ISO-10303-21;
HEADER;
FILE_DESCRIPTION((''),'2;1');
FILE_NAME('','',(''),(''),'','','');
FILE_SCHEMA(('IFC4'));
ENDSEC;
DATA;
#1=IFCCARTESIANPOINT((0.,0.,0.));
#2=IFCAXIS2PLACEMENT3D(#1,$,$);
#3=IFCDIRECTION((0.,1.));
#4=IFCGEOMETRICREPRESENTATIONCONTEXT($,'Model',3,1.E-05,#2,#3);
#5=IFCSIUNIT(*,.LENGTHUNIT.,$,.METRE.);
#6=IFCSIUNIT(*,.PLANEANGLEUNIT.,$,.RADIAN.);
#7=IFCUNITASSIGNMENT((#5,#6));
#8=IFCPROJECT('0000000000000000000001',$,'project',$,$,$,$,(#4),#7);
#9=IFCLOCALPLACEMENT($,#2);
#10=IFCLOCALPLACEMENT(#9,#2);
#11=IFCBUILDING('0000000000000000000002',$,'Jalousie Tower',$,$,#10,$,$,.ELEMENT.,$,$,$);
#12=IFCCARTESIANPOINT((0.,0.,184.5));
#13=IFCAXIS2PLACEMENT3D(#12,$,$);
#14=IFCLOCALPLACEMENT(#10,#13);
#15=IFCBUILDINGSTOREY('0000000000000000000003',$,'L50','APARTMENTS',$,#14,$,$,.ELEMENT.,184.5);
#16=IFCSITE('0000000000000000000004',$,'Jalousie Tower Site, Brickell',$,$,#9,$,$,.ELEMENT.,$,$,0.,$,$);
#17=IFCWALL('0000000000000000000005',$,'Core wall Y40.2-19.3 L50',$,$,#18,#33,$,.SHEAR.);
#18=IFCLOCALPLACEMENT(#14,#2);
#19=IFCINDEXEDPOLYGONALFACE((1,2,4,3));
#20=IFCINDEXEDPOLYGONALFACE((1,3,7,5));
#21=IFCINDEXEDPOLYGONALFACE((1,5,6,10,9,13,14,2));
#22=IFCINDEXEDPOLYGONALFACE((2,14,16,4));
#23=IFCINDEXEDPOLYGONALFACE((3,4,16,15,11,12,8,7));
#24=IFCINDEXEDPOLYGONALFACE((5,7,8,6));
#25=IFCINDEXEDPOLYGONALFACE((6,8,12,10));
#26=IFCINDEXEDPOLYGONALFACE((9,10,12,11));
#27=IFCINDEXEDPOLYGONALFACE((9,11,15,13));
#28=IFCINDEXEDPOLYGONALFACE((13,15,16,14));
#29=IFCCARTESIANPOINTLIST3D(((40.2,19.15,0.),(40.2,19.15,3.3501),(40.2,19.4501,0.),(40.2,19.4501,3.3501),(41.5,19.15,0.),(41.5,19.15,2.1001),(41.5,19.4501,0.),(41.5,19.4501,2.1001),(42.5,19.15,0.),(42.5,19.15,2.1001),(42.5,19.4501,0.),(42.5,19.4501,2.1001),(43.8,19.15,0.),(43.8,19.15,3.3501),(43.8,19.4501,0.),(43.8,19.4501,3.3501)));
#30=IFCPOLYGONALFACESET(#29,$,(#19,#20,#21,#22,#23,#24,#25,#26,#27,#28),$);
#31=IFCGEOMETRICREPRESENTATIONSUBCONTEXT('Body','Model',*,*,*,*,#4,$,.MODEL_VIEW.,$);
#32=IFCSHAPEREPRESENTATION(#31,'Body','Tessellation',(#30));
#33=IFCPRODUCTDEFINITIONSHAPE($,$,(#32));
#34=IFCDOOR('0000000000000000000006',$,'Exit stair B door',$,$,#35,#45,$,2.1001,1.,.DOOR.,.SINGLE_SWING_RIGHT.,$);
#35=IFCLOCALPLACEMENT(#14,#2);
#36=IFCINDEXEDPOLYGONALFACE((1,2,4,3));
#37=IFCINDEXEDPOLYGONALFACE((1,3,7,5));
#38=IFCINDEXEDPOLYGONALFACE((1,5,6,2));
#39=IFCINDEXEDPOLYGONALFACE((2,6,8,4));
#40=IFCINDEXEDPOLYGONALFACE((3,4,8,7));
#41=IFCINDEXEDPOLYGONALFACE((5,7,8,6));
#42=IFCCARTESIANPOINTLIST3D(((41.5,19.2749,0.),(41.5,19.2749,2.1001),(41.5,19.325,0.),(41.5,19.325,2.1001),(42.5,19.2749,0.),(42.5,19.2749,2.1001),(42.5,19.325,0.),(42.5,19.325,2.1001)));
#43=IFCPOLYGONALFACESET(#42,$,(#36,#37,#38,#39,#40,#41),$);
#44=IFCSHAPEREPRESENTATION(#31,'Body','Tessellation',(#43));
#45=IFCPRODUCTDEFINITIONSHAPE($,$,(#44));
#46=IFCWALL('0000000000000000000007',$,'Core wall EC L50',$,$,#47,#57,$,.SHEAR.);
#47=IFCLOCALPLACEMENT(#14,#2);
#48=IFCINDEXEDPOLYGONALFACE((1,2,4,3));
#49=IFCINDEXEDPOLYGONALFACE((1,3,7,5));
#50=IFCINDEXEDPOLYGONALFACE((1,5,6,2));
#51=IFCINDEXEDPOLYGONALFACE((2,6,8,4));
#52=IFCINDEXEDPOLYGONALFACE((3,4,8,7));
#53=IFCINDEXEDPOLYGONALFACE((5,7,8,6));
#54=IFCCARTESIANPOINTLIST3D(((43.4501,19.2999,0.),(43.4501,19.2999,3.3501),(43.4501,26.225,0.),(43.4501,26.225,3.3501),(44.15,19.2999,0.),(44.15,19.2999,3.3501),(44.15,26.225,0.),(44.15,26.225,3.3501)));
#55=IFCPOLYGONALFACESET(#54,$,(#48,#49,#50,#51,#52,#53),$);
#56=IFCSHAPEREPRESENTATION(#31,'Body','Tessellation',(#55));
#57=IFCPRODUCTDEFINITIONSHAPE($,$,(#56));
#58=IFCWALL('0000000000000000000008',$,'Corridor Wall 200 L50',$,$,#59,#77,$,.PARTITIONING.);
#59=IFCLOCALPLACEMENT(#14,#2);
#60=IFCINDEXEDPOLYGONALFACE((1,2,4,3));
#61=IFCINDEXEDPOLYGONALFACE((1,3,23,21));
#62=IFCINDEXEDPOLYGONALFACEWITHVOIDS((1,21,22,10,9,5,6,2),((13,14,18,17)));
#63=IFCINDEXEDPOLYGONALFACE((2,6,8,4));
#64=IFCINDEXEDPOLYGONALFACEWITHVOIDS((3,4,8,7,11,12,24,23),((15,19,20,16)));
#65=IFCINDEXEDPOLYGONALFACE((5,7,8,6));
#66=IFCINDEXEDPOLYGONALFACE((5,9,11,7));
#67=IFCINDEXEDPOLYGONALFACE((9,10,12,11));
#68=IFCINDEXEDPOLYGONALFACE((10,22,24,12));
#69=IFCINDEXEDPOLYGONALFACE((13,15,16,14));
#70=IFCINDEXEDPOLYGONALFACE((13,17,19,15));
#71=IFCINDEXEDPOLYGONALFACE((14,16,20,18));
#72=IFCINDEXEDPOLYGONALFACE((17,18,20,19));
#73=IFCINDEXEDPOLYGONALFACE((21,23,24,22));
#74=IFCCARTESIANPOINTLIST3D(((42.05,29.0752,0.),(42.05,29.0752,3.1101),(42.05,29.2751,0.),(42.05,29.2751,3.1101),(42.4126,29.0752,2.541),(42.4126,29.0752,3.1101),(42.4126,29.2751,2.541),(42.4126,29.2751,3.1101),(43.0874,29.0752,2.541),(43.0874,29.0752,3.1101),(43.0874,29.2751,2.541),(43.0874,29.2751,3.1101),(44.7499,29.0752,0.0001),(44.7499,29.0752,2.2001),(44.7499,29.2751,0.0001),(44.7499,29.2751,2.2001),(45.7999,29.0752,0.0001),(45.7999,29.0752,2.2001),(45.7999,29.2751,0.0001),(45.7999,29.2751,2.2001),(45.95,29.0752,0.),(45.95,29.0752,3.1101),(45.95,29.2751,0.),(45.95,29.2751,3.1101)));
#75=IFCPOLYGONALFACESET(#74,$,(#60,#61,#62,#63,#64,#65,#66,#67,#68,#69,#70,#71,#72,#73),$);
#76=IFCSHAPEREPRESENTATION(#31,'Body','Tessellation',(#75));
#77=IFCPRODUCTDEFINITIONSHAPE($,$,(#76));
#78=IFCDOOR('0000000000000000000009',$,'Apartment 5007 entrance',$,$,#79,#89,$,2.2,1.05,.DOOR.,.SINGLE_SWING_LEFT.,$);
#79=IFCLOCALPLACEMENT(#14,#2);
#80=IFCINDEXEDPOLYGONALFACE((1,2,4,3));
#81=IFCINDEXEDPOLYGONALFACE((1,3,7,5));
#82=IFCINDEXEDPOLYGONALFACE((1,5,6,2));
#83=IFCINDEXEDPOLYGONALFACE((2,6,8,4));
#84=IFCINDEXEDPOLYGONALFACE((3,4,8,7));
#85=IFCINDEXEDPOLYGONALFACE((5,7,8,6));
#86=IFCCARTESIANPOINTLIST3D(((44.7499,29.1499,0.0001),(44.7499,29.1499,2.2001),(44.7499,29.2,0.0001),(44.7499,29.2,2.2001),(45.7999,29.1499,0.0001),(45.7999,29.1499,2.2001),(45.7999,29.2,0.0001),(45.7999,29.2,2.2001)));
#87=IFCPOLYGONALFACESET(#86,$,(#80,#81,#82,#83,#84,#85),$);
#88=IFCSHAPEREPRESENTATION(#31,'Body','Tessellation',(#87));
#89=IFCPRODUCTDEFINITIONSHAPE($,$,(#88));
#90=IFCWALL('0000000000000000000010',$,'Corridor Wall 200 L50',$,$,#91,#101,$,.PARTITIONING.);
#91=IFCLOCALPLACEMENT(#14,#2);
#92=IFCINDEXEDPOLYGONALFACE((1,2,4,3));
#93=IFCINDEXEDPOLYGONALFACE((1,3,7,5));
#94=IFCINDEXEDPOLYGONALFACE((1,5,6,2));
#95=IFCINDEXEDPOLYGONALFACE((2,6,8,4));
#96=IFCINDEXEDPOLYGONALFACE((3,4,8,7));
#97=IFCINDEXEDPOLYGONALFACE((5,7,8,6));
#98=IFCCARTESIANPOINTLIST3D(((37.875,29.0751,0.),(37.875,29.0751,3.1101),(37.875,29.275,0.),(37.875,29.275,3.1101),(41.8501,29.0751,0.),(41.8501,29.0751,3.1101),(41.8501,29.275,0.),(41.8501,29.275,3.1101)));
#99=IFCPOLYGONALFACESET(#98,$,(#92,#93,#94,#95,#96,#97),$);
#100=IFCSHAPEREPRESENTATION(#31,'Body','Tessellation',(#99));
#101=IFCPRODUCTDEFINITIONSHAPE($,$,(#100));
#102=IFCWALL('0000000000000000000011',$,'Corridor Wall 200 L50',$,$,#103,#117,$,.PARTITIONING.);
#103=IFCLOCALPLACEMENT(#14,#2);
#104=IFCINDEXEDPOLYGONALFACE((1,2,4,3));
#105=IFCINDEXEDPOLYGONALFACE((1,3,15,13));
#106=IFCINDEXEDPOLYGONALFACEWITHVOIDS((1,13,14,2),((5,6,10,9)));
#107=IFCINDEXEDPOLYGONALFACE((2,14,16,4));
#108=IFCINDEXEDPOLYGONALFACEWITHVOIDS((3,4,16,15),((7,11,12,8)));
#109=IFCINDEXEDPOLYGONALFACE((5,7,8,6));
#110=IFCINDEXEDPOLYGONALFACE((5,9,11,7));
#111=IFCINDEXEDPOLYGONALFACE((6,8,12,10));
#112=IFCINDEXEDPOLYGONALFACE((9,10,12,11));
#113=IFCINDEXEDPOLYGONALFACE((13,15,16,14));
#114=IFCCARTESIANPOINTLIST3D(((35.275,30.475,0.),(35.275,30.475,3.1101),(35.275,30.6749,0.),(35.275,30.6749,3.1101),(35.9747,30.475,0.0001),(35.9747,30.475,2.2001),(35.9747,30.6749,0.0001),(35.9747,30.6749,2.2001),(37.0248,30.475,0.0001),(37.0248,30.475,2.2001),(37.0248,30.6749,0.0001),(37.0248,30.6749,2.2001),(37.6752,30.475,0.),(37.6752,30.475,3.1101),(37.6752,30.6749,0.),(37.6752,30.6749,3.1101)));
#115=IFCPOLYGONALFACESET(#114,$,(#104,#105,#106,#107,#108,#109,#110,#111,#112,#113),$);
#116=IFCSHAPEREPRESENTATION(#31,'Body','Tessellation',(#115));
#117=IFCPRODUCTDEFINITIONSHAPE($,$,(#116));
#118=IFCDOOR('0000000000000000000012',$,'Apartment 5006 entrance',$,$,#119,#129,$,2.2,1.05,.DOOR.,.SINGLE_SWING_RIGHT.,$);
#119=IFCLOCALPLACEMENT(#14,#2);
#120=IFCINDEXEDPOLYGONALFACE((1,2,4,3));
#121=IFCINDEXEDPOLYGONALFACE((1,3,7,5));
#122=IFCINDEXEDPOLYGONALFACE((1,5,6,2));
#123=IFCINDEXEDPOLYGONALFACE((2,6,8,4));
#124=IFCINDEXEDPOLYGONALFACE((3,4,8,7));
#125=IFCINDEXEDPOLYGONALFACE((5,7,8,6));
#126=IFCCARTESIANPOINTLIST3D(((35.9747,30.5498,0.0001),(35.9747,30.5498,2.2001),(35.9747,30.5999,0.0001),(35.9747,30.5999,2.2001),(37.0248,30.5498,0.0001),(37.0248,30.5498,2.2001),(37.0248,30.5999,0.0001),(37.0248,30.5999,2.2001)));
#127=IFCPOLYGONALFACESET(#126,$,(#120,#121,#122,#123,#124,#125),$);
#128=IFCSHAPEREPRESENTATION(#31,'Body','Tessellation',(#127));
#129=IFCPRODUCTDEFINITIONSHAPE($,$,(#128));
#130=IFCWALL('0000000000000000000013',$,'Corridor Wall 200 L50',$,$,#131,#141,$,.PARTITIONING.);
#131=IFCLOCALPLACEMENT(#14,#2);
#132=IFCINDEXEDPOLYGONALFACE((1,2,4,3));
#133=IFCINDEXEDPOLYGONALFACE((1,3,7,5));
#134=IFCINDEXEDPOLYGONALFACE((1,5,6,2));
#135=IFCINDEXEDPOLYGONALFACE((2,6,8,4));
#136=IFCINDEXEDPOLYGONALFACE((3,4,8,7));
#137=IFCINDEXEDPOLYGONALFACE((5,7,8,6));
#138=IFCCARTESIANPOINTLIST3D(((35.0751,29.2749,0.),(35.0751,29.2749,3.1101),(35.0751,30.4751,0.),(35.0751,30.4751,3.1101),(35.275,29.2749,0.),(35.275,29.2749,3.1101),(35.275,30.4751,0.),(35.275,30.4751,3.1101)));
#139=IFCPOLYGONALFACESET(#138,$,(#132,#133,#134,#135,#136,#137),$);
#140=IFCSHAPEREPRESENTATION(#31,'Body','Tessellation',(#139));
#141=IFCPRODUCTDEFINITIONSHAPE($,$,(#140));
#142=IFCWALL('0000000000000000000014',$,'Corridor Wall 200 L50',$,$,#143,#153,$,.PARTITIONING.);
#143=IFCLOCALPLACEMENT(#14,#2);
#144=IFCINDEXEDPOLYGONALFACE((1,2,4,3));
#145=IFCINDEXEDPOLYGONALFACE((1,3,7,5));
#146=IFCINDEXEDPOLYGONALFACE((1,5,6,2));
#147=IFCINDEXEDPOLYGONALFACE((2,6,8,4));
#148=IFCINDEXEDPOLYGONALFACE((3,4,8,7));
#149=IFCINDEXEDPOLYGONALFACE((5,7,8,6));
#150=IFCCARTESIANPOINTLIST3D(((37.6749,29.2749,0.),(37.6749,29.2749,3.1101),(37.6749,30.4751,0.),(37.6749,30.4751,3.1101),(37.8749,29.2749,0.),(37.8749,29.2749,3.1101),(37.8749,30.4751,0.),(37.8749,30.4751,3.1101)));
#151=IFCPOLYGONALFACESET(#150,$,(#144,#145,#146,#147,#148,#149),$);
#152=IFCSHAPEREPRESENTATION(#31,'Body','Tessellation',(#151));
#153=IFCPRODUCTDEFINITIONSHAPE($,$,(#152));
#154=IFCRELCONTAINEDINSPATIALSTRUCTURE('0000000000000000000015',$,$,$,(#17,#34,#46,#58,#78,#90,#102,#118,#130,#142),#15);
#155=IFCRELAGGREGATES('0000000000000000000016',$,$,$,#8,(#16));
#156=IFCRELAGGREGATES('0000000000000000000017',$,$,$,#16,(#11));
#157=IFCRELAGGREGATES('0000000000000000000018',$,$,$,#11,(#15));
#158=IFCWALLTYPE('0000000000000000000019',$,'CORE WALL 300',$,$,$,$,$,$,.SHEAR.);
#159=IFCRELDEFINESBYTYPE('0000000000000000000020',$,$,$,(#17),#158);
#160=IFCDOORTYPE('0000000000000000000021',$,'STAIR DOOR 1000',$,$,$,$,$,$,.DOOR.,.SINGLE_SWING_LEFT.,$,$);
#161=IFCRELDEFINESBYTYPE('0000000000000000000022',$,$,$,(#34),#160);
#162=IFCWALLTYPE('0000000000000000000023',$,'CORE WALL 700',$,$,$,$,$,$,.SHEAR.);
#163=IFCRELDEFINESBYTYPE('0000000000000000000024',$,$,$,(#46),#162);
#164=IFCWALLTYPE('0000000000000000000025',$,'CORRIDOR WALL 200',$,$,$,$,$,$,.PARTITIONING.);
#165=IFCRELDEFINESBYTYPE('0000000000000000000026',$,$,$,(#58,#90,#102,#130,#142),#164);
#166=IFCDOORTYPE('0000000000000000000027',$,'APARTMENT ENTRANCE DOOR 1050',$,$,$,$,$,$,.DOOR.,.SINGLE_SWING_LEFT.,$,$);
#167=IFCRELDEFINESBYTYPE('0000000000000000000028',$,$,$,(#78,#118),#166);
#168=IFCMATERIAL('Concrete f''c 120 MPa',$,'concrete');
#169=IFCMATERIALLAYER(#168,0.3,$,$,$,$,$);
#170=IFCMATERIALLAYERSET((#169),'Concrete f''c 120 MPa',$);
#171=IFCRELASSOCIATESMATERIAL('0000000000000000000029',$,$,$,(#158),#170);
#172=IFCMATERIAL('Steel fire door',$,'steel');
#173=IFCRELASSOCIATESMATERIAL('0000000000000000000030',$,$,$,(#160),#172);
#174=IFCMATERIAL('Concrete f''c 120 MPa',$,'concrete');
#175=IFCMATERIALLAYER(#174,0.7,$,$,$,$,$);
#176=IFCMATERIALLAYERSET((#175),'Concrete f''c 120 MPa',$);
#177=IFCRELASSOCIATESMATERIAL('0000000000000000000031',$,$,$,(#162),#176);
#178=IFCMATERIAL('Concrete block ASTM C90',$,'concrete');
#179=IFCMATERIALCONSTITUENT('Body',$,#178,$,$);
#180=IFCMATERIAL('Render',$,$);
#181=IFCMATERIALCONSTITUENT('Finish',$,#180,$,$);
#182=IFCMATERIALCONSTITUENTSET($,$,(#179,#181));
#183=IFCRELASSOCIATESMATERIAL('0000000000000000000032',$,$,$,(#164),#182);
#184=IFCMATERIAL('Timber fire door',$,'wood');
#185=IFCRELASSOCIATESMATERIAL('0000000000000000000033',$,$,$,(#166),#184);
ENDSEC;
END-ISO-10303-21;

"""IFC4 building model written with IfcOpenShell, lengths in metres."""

from ifc_helpers import new_model, si_unit, direction, frame, frame_2d, origin, place, context, subcontext, project, spatial, polyline, rectangle, outline, extrude, material, layer, layer_set, constituent, constituent_set, type_object, element, fill, save


model = new_model("IFC4")

# Units and contexts
model_context = context("Model", 3, precision=1e-05, world=origin(), true_north=direction((0.0, 1.0)))
body_context = subcontext(model_context, "Body", "Model", "MODEL_VIEW")
ifc_project = project(units=[si_unit("LENGTHUNIT", "METRE"), si_unit("PLANEANGLEUNIT", "RADIAN")], contexts=[model_context])

# Site, building, storey
site_placement = place(None, origin())
site = spatial("IfcSite", under=ifc_project, at=site_placement, Name="Jalousie Tower Site, Brickell", CompositionType="ELEMENT", RefElevation=0.0)
building_placement = place(site_placement, origin())
building = spatial("IfcBuilding", under=site, at=building_placement, Name="Jalousie Tower", CompositionType="ELEMENT")
storey_placement = place(building_placement, frame((0.0, 0.0, 184.5)))
storey = spatial("IfcBuildingStorey", under=building, at=storey_placement, Name="L50", Description="APARTMENTS", CompositionType="ELEMENT", Elevation=184.5)

# Shared definitions
ifc_material_1 = material(Name="Concrete f'c 120 MPa", Category="concrete")
ifc_layer_1 = layer(ifc_material_1, 0.3)
ifc_layer_set_1 = layer_set([ifc_layer_1], Name="Concrete f'c 120 MPa")
wall_type_1 = type_object("IfcWallType", Name="CORE WALL 300", PredefinedType="SHEAR", material=ifc_layer_set_1)

# Wall, opening, door
wall_1_placement = place(storey_placement, frame((40.2, 19.3, 0.0), z_axis=(0.0, 0.0, 1.0), x_axis=(1.0, 0.0, 0.0)))
wall_1 = element("IfcWall", 1, at=wall_1_placement, inside=storey, type_object=wall_type_1, Name="Core wall Y40.2-19.3 L50", PredefinedType="SHEAR", context=body_context, shape_type="SweptSolid", body=[
    extrude(rectangle(XDim=3.6001, YDim=0.3, at=frame_2d((1.8, 0.0))), origin(), (0.0, 0.0, 1.0), 3.3501),
])
opening_1_placement = place(wall_1_placement, frame((1.3, 0.0, 0.0)))
opening_1 = element("IfcOpeningElement", 2, at=opening_1_placement, cuts=wall_1, PredefinedType="OPENING", context=body_context, shape_type="SweptSolid", body=[
    extrude(rectangle(XDim=1.0, YDim=2.1001, at=frame_2d((0.5, 1.05))), frame((0.0, 0.1599, 0.0), z_axis=(0.0, -1.0, 0.0), x_axis=(1.0, 0.0, 0.0)), (0.0, 0.0, 1.0), 0.3201),
])
ifc_material_2 = material(Name="Steel fire door", Category="steel")
door_type_1 = type_object("IfcDoorType", Name="STAIR DOOR 1000", OperationType="SINGLE_SWING_LEFT", PredefinedType="DOOR", material=ifc_material_2)
door_1_placement = place(opening_1_placement, origin())
door_1 = element("IfcDoor", 3, at=door_1_placement, inside=storey, type_object=door_type_1, Name="Exit stair B door", OperationType="SINGLE_SWING_RIGHT", OverallHeight=2.1001, OverallWidth=1.0, PredefinedType="DOOR", context=body_context, shape_type="SweptSolid", body=[
    extrude(rectangle(XDim=1.0, YDim=2.1001, at=frame_2d((0.5, 1.05))), frame((0.0, 0.0249, 0.0), z_axis=(0.0, -1.0, 0.0), x_axis=(1.0, 0.0, 0.0)), (0.0, 0.0, 1.0), 0.05),
])
fill(opening_1, door_1)

# Wall
ifc_material_3 = material(Name="Concrete f'c 120 MPa", Category="concrete")
ifc_layer_2 = layer(ifc_material_3, 0.7)
ifc_layer_set_2 = layer_set([ifc_layer_2], Name="Concrete f'c 120 MPa")
wall_type_2 = type_object("IfcWallType", Name="CORE WALL 700", PredefinedType="SHEAR", material=ifc_layer_set_2)
wall_2_placement = place(storey_placement, frame((43.8, 19.3, 0.0), z_axis=(0.0, 0.0, 1.0), x_axis=(0.0, 1.0, 0.0)))
element("IfcWall", 4, at=wall_2_placement, inside=storey, type_object=wall_type_2, Name="Core wall EC L50", PredefinedType="SHEAR", context=body_context, shape_type="SweptSolid", body=[
    extrude(rectangle(XDim=6.925, YDim=0.7, at=frame_2d((3.4624, 0.0))), origin(), (0.0, 0.0, 1.0), 3.3501),
])

# Wall, opening, door
ifc_material_4 = material(Name="Concrete block ASTM C90", Category="concrete")
ifc_constituent_1 = constituent(ifc_material_4, Name="Body")
ifc_material_5 = material(Name="Render")
ifc_constituent_2 = constituent(ifc_material_5, Name="Finish")
ifc_constituent_set_1 = constituent_set(constituents=[ifc_constituent_1, ifc_constituent_2])
wall_type_3 = type_object("IfcWallType", Name="CORRIDOR WALL 200", PredefinedType="PARTITIONING", material=ifc_constituent_set_1)
wall_3_placement = place(storey_placement, frame((42.05, 29.175, 0.0), z_axis=(0.0, 0.0, 1.0), x_axis=(1.0, 0.0, 0.0)))
wall_3 = element("IfcWall", 5, at=wall_3_placement, inside=storey, type_object=wall_type_3, Name="Corridor Wall 200 L50", PredefinedType="PARTITIONING", context=body_context, shape_type="SweptSolid", body=[
    extrude(outline(polyline([(0.0, 0.0), (3.8999, 0.0), (3.8999, 3.1101), (1.0374, 3.1101), (1.0374, 2.541), (0.3625, 2.541), (0.3625, 3.1101), (0.0, 3.1101), (0.0, 0.0)])), frame((0.0, 0.1001, 0.0), z_axis=(0.0, -1.0, 0.0), x_axis=(1.0, 0.0, 0.0)), (0.0, 0.0, 1.0), 0.2),
])
opening_2_placement = place(wall_3_placement, frame((2.7, 0.0, 0.0)))
opening_2 = element("IfcOpeningElement", 6, at=opening_2_placement, cuts=wall_3, PredefinedType="OPENING", context=body_context, shape_type="SweptSolid", body=[
    extrude(rectangle(XDim=1.05, YDim=2.2, at=frame_2d((0.5249, 1.1001))), frame((0.0, 0.1099, 0.0), z_axis=(0.0, -1.0, 0.0), x_axis=(1.0, 0.0, 0.0)), (0.0, 0.0, 1.0), 0.22),
])
ifc_material_6 = material(Name="Timber fire door", Category="wood")
door_type_2 = type_object("IfcDoorType", Name="APARTMENT ENTRANCE DOOR 1050", OperationType="SINGLE_SWING_LEFT", PredefinedType="DOOR", material=ifc_material_6)
door_2_placement = place(opening_2_placement, origin())
door_2 = element("IfcDoor", 7, at=door_2_placement, inside=storey, type_object=door_type_2, Name="Apartment 5007 entrance", OperationType="SINGLE_SWING_LEFT", OverallHeight=2.2, OverallWidth=1.05, PredefinedType="DOOR", context=body_context, shape_type="SweptSolid", body=[
    extrude(rectangle(XDim=1.05, YDim=2.2, at=frame_2d((0.5249, 1.1001))), frame((0.0, 0.0249, 0.0), z_axis=(0.0, -1.0, 0.0), x_axis=(1.0, 0.0, 0.0)), (0.0, 0.0, 1.0), 0.05),
])
fill(opening_2, door_2)

# Wall
wall_4_placement = place(storey_placement, frame((37.875, 29.175, 0.0), z_axis=(0.0, 0.0, 1.0), x_axis=(1.0, 0.0, 0.0)))
element("IfcWall", 8, at=wall_4_placement, inside=storey, type_object=wall_type_3, Name="Corridor Wall 200 L50", PredefinedType="PARTITIONING", context=body_context, shape_type="SweptSolid", body=[
    extrude(rectangle(XDim=3.9751, YDim=0.2, at=frame_2d((1.9875, 0.0))), origin(), (0.0, 0.0, 1.0), 3.1101),
])

# Wall, opening, door
wall_5_placement = place(storey_placement, frame((35.2749, 30.575, 0.0), z_axis=(0.0, 0.0, 1.0), x_axis=(1.0, 0.0, 0.0)))
wall_5 = element("IfcWall", 9, at=wall_5_placement, inside=storey, type_object=wall_type_3, Name="Corridor Wall 200 L50", PredefinedType="PARTITIONING", context=body_context, shape_type="SweptSolid", body=[
    extrude(rectangle(XDim=2.4001, YDim=0.2, at=frame_2d((1.2002, 0.0))), origin(), (0.0, 0.0, 1.0), 3.1101),
])
opening_3_placement = place(wall_5_placement, frame((0.7, 0.0, 0.0)))
opening_3 = element("IfcOpeningElement", 10, at=opening_3_placement, cuts=wall_5, PredefinedType="OPENING", context=body_context, shape_type="SweptSolid", body=[
    extrude(rectangle(XDim=1.05, YDim=2.2, at=frame_2d((0.5249, 1.1001))), frame((0.0, 0.1099, 0.0), z_axis=(0.0, -1.0, 0.0), x_axis=(1.0, 0.0, 0.0)), (0.0, 0.0, 1.0), 0.22),
])
door_3_placement = place(opening_3_placement, origin())
door_3 = element("IfcDoor", 11, at=door_3_placement, inside=storey, type_object=door_type_2, Name="Apartment 5006 entrance", OperationType="SINGLE_SWING_RIGHT", OverallHeight=2.2, OverallWidth=1.05, PredefinedType="DOOR", context=body_context, shape_type="SweptSolid", body=[
    extrude(rectangle(XDim=1.05, YDim=2.2, at=frame_2d((0.5249, 1.1001))), frame((0.0, 0.0249, 0.0), z_axis=(0.0, -1.0, 0.0), x_axis=(1.0, 0.0, 0.0)), (0.0, 0.0, 1.0), 0.05),
])
fill(opening_3, door_3)

# Walls
for number, where, z_axis, x_axis, name in (
    (12, (35.175, 29.2749, 0.0), (0.0, 0.0, 1.0), (0.0, 1.0, 0.0), "Corridor Wall 200 L50"),
    (13, (37.7749, 29.2749, 0.0), (0.0, 0.0, 1.0), (0.0, 1.0, 0.0), "Corridor Wall 200 L50"),
):
    element("IfcWall", number, at=place(storey_placement, frame(where, z_axis=z_axis, x_axis=x_axis)), inside=storey, type_object=wall_type_3, Name=name, PredefinedType="PARTITIONING", context=body_context, shape_type="SweptSolid", body=[
        extrude(rectangle(XDim=1.2002, YDim=0.2, at=frame_2d((0.6001, 0.0))), origin(), (0.0, 0.0, 1.0), 3.1101),
    ])

save(model, "model.ifc")
